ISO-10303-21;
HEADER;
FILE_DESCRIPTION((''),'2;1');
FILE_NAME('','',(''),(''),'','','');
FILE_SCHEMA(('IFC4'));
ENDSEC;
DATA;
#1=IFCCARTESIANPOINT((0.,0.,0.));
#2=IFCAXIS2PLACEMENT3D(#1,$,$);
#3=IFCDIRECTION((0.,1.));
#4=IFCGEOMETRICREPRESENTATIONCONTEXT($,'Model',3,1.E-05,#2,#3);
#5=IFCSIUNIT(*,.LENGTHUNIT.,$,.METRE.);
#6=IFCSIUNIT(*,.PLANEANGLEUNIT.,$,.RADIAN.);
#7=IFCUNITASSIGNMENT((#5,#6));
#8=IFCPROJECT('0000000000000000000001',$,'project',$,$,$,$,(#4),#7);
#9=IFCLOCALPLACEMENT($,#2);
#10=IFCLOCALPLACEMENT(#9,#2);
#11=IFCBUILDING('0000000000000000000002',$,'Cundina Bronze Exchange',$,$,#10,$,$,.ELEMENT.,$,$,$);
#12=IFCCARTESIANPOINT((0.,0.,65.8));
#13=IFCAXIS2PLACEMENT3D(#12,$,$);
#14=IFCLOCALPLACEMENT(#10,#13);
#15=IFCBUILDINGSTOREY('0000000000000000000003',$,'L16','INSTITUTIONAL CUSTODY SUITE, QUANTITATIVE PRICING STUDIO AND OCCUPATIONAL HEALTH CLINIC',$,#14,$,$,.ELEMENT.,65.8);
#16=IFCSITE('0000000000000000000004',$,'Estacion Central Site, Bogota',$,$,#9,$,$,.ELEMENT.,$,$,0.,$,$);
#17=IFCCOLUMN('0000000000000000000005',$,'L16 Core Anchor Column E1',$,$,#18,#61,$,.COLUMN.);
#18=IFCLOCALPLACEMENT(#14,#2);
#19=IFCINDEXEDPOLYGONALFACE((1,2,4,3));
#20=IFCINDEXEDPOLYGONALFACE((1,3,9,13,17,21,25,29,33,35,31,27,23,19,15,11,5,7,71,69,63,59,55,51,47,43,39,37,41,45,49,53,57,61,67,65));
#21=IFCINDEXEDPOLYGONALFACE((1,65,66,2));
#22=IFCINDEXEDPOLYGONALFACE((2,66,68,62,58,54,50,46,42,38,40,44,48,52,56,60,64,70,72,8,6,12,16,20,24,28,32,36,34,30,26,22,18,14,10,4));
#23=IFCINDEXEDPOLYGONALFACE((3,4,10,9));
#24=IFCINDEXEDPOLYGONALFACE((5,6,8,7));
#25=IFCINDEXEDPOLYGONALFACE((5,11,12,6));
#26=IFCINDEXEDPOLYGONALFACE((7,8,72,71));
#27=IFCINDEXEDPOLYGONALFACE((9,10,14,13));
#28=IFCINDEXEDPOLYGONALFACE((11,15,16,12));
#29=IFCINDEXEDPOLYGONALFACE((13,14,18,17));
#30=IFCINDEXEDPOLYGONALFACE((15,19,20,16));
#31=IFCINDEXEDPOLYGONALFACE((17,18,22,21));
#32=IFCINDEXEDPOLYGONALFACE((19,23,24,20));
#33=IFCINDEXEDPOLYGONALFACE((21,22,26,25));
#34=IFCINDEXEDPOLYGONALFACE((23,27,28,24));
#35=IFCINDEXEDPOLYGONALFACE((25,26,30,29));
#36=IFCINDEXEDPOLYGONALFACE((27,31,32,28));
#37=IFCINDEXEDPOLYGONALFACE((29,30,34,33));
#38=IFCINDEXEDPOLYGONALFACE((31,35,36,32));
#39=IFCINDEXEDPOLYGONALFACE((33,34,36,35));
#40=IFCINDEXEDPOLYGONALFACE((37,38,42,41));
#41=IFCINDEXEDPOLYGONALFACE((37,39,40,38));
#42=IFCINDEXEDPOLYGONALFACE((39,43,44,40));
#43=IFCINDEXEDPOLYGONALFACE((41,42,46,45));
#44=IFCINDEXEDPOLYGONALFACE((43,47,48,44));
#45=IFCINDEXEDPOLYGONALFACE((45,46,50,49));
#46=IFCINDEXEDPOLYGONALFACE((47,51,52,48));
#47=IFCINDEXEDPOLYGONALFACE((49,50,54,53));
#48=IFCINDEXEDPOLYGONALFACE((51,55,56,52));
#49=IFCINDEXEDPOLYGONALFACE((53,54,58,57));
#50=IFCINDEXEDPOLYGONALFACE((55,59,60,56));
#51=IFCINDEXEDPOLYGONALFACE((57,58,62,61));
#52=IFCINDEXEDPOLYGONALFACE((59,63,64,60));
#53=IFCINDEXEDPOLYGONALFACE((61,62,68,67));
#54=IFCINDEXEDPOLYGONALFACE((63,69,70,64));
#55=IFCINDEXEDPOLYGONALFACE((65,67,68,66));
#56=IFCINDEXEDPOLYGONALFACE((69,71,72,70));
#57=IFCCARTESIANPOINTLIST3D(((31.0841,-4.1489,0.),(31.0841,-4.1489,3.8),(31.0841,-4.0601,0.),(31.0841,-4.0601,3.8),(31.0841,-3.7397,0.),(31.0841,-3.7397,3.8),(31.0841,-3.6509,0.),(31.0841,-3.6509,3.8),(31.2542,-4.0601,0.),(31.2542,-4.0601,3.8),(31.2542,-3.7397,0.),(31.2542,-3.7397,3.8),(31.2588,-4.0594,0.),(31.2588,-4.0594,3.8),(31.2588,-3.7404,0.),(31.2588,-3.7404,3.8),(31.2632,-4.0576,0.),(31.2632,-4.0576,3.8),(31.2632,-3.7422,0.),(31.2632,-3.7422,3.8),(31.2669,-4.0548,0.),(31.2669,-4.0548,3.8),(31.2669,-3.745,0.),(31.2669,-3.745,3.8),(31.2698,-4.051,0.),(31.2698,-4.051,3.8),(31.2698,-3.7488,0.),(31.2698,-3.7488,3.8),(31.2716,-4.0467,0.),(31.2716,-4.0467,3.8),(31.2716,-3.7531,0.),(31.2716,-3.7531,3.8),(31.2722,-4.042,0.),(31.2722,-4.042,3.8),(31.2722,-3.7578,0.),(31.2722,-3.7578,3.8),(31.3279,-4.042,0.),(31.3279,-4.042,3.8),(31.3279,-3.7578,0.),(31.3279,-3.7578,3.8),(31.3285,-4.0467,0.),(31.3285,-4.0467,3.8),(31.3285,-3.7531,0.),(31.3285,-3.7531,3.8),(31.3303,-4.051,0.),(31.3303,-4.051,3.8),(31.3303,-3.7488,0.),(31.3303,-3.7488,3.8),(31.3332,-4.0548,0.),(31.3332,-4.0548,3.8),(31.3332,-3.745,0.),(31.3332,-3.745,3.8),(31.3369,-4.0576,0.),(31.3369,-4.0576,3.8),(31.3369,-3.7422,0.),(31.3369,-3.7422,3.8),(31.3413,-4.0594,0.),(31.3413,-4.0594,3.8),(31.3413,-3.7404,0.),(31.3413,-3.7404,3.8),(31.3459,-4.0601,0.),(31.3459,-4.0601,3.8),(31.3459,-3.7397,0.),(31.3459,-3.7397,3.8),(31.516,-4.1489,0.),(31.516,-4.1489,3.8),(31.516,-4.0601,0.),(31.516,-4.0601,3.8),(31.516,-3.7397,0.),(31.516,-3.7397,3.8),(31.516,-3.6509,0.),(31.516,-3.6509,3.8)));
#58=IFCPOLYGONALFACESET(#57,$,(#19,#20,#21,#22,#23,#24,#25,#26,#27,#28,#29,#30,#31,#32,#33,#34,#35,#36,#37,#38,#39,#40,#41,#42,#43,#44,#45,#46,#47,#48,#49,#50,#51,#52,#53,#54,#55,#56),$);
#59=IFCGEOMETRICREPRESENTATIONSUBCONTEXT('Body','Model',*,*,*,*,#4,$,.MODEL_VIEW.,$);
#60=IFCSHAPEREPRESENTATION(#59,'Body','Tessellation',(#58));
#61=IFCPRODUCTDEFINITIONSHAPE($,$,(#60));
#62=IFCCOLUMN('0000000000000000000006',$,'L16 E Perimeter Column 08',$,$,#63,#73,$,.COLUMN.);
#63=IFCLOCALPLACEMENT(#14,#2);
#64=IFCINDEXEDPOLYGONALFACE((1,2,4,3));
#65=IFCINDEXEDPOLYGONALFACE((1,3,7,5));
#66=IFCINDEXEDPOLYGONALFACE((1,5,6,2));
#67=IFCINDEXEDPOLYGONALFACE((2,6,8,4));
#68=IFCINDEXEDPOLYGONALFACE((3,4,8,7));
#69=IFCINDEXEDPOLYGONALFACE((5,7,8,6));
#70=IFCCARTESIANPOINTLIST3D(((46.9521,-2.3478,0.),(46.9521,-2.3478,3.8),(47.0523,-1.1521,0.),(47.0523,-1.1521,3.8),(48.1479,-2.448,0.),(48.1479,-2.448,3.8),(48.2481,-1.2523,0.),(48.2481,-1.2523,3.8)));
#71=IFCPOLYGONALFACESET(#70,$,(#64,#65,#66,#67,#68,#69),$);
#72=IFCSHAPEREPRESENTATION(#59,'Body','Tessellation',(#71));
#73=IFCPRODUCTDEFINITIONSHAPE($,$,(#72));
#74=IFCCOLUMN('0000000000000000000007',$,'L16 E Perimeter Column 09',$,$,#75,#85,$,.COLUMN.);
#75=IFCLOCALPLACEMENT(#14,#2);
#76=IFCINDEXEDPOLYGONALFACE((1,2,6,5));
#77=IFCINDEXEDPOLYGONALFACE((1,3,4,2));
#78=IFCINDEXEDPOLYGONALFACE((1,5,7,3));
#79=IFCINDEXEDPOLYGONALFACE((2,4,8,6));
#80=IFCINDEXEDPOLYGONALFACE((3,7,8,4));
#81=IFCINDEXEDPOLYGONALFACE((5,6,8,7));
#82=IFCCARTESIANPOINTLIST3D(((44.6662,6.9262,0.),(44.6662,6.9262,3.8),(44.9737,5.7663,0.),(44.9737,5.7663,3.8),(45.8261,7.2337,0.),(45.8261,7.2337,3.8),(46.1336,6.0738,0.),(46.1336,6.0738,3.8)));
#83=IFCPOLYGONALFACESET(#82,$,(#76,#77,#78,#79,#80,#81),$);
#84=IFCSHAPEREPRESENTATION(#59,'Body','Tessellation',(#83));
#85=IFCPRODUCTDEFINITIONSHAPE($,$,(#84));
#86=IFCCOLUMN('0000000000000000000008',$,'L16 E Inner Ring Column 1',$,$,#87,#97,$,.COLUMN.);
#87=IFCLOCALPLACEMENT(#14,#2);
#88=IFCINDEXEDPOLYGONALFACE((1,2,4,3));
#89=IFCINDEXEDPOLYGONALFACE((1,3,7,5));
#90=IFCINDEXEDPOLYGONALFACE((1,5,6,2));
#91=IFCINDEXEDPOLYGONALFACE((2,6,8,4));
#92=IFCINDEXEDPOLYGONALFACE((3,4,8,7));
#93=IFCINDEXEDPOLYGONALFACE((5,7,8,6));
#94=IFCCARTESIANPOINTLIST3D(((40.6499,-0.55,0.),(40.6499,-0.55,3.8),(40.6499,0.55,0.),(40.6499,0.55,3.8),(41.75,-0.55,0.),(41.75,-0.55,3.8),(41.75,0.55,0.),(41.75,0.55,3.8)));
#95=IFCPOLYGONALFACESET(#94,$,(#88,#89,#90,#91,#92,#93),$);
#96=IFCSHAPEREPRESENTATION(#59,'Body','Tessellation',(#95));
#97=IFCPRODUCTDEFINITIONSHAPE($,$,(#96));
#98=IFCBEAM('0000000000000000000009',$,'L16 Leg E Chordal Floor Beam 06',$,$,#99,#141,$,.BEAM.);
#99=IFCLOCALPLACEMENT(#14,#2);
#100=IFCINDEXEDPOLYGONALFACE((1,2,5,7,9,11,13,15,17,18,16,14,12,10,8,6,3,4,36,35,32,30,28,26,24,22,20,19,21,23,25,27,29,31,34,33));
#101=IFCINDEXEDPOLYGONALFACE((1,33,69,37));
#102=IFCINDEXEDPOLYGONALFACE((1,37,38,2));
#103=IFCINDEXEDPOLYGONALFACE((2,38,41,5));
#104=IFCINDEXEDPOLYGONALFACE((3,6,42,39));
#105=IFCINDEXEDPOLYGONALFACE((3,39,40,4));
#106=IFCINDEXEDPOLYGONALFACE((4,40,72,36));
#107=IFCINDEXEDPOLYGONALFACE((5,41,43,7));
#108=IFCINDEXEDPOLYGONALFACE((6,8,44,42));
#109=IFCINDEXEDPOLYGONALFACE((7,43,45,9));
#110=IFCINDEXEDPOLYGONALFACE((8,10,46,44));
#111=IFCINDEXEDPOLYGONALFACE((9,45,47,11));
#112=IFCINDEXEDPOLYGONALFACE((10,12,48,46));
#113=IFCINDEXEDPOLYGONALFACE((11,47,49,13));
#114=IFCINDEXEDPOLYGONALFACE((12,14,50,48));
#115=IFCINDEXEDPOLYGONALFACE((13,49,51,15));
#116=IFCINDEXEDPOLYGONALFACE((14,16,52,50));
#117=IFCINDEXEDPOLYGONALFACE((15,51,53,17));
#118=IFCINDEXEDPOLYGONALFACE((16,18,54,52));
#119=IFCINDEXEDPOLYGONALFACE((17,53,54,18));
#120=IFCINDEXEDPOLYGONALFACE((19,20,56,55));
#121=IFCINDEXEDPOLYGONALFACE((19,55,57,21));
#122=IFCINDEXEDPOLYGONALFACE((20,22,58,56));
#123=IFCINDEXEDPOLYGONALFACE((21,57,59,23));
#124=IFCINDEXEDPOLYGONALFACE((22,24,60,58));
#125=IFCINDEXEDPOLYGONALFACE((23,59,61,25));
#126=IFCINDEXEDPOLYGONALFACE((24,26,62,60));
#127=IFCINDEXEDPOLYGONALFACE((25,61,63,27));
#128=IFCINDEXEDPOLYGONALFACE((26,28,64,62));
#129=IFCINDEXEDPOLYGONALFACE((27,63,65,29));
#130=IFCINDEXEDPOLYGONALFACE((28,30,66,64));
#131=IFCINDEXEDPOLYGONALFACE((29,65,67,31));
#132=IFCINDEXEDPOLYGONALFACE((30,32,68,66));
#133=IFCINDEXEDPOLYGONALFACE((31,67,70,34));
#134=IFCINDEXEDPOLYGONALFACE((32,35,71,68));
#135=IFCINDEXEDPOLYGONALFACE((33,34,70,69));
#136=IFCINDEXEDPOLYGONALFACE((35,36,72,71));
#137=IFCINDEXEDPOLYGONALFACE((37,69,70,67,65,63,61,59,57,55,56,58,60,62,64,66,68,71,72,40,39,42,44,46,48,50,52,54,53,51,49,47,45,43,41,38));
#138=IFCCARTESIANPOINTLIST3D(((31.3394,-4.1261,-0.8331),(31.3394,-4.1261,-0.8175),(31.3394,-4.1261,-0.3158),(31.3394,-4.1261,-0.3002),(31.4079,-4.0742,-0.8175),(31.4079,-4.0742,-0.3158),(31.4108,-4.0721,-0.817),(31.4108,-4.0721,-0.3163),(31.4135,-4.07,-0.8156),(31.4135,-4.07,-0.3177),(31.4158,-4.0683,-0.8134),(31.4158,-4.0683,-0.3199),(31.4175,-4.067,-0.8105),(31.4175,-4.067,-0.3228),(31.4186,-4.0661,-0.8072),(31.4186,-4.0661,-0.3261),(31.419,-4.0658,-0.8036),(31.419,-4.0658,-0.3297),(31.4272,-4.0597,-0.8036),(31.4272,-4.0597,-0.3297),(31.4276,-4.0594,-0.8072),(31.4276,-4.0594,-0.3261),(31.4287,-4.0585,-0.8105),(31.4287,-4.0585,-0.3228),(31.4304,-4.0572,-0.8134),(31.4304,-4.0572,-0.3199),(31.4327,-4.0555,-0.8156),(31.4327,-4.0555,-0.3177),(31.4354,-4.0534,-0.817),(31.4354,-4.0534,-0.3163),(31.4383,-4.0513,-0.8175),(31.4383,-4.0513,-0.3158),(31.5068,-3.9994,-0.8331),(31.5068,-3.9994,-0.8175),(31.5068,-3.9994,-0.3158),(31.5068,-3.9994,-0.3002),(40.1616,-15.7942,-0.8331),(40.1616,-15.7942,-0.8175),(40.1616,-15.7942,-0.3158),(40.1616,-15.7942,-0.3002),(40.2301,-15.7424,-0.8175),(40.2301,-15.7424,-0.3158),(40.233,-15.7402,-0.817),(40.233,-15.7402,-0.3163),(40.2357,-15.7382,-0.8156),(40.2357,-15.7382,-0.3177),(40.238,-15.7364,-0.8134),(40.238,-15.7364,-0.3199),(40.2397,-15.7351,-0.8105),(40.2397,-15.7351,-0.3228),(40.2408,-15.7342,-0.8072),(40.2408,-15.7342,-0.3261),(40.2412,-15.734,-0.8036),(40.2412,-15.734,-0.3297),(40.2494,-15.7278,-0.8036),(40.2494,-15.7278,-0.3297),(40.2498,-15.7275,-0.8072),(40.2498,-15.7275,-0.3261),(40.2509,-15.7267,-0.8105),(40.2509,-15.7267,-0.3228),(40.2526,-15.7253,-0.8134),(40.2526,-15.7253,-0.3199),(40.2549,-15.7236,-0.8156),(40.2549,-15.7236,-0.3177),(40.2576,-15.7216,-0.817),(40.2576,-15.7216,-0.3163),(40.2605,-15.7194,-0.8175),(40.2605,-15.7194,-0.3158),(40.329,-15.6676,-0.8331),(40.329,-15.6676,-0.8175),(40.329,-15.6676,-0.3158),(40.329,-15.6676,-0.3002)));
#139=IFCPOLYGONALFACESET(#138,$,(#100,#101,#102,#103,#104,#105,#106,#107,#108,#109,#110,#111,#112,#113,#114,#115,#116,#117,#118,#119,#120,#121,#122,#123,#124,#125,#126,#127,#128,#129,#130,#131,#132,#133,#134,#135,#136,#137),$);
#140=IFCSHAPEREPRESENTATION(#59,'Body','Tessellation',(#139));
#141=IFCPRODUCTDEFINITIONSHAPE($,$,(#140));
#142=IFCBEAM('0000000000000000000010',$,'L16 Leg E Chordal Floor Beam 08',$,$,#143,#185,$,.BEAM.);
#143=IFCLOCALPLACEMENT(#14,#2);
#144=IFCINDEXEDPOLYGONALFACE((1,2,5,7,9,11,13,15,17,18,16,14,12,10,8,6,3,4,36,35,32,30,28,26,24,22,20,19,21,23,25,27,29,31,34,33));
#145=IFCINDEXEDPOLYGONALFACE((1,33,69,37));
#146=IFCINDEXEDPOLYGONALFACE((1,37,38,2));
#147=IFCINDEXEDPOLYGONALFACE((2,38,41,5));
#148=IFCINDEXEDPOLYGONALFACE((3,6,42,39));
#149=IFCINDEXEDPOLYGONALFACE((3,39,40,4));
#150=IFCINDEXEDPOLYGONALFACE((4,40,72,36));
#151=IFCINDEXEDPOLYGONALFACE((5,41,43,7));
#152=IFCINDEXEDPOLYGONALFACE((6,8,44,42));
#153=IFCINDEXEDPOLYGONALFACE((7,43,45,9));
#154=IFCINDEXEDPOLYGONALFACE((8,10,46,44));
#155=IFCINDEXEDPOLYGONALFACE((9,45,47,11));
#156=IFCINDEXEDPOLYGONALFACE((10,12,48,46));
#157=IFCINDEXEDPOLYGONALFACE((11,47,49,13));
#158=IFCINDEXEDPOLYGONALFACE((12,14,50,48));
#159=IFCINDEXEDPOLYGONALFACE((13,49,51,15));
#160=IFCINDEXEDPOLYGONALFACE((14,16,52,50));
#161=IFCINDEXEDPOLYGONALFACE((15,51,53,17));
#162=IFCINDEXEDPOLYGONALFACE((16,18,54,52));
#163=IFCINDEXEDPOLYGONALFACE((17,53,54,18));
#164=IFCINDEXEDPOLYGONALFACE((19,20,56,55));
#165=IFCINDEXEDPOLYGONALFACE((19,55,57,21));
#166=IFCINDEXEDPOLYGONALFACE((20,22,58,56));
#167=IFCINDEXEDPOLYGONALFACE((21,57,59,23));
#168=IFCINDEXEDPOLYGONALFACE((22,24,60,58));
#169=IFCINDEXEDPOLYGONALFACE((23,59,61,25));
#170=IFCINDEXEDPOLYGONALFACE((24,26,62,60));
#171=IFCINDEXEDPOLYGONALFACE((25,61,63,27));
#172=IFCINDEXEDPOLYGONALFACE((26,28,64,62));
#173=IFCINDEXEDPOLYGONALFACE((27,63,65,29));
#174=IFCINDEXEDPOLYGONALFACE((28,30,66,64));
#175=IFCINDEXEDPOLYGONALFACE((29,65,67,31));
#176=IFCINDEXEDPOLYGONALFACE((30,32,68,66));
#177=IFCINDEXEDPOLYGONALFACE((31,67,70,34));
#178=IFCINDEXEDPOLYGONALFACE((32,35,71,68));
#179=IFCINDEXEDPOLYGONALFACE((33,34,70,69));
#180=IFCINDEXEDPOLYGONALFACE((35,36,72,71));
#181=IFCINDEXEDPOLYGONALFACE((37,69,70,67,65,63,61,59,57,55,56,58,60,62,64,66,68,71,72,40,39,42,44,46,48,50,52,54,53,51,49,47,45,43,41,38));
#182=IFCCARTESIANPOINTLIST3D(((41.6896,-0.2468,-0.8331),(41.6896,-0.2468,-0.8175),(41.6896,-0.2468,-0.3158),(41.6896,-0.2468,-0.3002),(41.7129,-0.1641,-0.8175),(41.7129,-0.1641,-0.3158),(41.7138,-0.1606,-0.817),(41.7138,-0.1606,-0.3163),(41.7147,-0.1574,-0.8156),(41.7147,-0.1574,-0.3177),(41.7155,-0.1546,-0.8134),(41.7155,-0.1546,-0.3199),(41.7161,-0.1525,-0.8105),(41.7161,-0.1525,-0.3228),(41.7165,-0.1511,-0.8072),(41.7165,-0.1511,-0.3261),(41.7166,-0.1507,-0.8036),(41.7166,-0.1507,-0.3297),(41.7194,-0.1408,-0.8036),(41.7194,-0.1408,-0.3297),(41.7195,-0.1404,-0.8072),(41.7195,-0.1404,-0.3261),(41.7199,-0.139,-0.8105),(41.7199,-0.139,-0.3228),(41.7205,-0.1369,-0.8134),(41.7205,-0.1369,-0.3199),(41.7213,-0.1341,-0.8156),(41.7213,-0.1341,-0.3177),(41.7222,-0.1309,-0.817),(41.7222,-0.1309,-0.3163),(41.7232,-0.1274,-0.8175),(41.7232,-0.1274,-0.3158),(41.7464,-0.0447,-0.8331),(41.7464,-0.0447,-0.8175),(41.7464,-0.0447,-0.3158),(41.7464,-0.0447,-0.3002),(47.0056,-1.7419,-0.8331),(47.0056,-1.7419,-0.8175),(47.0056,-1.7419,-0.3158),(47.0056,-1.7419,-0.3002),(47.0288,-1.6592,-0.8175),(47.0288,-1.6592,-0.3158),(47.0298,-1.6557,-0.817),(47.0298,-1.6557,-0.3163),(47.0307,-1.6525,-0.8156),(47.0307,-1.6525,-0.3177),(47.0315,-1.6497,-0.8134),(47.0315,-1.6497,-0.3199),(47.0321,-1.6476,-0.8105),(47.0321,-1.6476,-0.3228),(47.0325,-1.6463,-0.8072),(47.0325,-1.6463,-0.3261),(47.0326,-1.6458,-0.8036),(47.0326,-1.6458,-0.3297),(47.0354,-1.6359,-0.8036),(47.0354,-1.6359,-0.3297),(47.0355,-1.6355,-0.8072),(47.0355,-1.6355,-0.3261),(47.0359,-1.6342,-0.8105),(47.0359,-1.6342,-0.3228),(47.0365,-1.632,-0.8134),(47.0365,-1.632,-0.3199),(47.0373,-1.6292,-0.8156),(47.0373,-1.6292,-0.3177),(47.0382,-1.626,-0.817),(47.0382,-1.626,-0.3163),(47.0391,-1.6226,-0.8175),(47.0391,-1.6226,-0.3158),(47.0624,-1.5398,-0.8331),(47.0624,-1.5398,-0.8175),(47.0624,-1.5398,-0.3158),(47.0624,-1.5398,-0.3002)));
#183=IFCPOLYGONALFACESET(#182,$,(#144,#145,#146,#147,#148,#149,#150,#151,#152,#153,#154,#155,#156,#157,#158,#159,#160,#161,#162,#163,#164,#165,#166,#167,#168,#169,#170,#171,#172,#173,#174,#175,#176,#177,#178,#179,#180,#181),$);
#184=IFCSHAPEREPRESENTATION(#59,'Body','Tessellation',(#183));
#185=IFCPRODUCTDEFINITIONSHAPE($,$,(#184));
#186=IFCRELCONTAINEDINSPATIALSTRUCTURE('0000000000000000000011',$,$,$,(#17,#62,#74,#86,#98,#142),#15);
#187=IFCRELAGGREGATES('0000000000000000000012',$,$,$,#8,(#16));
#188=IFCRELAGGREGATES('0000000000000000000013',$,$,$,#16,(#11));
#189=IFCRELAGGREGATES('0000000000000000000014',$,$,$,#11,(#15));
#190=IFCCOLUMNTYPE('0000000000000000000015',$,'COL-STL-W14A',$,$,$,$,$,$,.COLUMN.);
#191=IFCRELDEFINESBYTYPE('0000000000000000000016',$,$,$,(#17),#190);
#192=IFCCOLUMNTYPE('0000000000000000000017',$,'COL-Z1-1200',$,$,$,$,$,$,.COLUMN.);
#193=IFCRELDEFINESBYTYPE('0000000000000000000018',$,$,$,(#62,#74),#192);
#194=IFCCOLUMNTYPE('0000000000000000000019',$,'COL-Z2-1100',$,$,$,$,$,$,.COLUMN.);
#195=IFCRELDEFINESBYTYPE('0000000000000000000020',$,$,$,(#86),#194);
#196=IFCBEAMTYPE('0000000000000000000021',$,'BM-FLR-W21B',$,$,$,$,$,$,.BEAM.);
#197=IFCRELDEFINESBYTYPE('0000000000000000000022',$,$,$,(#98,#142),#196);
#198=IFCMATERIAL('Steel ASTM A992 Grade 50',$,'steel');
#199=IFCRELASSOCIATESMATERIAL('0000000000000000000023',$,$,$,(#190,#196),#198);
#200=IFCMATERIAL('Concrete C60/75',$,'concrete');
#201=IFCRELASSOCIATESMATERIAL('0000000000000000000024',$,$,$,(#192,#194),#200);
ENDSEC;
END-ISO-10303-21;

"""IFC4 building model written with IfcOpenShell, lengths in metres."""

from ifc_helpers import new_model, si_unit, direction, frame, origin, origin_2d, place, context, subcontext, project, spatial, rectangle, i_section, extrude, material, material_profile, profile_set, type_object, element, save


model = new_model("IFC4")

# Units and contexts
model_context = context("Model", 3, precision=1e-05, world=origin(), true_north=direction((0.0, 1.0)))
body_context = subcontext(model_context, "Body", "Model", "MODEL_VIEW")
ifc_project = project(units=[si_unit("LENGTHUNIT", "METRE"), si_unit("PLANEANGLEUNIT", "RADIAN")], contexts=[model_context])

# Site, building, storey
site_placement = place(None, origin())
site = spatial("IfcSite", under=ifc_project, at=site_placement, Name="Estacion Central Site, Bogota", CompositionType="ELEMENT", RefElevation=0.0)
building_placement = place(site_placement, origin())
building = spatial("IfcBuilding", under=site, at=building_placement, Name="Cundina Bronze Exchange", CompositionType="ELEMENT")
storey_placement = place(building_placement, frame((0.0, 0.0, 65.8)))
storey = spatial("IfcBuildingStorey", under=building, at=storey_placement, Name="L16", Description="INSTITUTIONAL CUSTODY SUITE, QUANTITATIVE PRICING STUDIO AND OCCUPATIONAL HEALTH CLINIC", CompositionType="ELEMENT", Elevation=65.8)

# Columns
ifc_material_1 = material(Name="Steel ASTM A992 Grade 50", Category="steel")
ifc_material_profile_1 = material_profile(ifc_material_1, i_section(OverallWidth=0.4319, OverallDepth=0.498, WebThickness=0.0557, FlangeThickness=0.0889, FilletRadius=0.0181, at=origin_2d()), Name="W14X500", Category="steel")
ifc_profile_set_1 = profile_set([ifc_material_profile_1], Name="Steel ASTM A992 Grade 50")
column_type_1 = type_object("IfcColumnType", Name="COL-STL-W14A", PredefinedType="COLUMN", material=ifc_profile_set_1)
column_1_placement = place(storey_placement, frame((31.3, -3.8999, 0.0), z_axis=(0.0, 0.0, 1.0), x_axis=(1.0, 0.0, 0.0)))
element("IfcColumn", 1, at=column_1_placement, inside=storey, type_object=column_type_1, Name="L16 Core Anchor Column E1", PredefinedType="COLUMN", context=body_context, shape_type="SweptSolid", body=[
    extrude(i_section(OverallWidth=0.4319, OverallDepth=0.498, WebThickness=0.0557, FlangeThickness=0.0889, FilletRadius=0.0181, at=origin_2d()), origin(), (0.0, 0.0, 1.0), 3.8),
])
ifc_material_2 = material(Name="Concrete C60/75", Category="concrete")
ifc_material_profile_2 = material_profile(ifc_material_2, rectangle(XDim=1.2, YDim=1.2, at=origin_2d()), Name="RC1200X1200", Category="concrete")
ifc_profile_set_2 = profile_set([ifc_material_profile_2], Name="Concrete C60/75")
column_type_2 = type_object("IfcColumnType", Name="COL-Z1-1200", PredefinedType="COLUMN", material=ifc_profile_set_2)
for number, where, z_axis, x_axis, name in (
    (2, (47.6001, -1.8, 0.0), (0.0, 0.0, 1.0), (0.083504, 0.996507, 0.0), "L16 E Perimeter Column 08"),
    (3, (45.3999, 6.5, 0.0), (0.0, 0.0, 1.0), (-0.256289, 0.9666, 0.0), "L16 E Perimeter Column 09"),
):
    element("IfcColumn", number, at=place(storey_placement, frame(where, z_axis=z_axis, x_axis=x_axis)), inside=storey, type_object=column_type_2, Name=name, PredefinedType="COLUMN", context=body_context, shape_type="SweptSolid", body=[
        extrude(rectangle(XDim=1.2, YDim=1.2, at=origin_2d()), origin(), (0.0, 0.0, 1.0), 3.8),
    ])
ifc_material_profile_3 = material_profile(ifc_material_2, rectangle(XDim=1.1001, YDim=1.1001, at=origin_2d()), Name="RC1100X1100", Category="concrete")
ifc_profile_set_3 = profile_set([ifc_material_profile_3], Name="Concrete C60/75")
column_type_3 = type_object("IfcColumnType", Name="COL-Z2-1100", PredefinedType="COLUMN", material=ifc_profile_set_3)
column_2_placement = place(storey_placement, frame((41.2, 0.0, 0.0), z_axis=(0.0, 0.0, 1.0), x_axis=(1.0, 0.0, 0.0)))
element("IfcColumn", 4, at=column_2_placement, inside=storey, type_object=column_type_3, Name="L16 E Inner Ring Column 1", PredefinedType="COLUMN", context=body_context, shape_type="SweptSolid", body=[
    extrude(rectangle(XDim=1.1001, YDim=1.1001, at=origin_2d()), origin(), (0.0, 0.0, 1.0), 3.8),
])

# Beams
ifc_material_profile_4 = material_profile(ifc_material_1, i_section(OverallWidth=0.21, OverallDepth=0.533, WebThickness=0.0103, FlangeThickness=0.0156, FilletRadius=0.0139, at=origin_2d()), Name="W21X62", Category="steel")
ifc_profile_set_4 = profile_set([ifc_material_profile_4], Name="Steel ASTM A992 Grade 50")
beam_type_1 = type_object("IfcBeamType", Name="BM-FLR-W21B", PredefinedType="BEAM", material=ifc_profile_set_4)
beam_1_placement = place(storey_placement, frame((31.4231, -4.0627, -0.5667), z_axis=(0.603106, -0.797661, 0.0), x_axis=(0.797661, 0.603106, 0.0)))
element("IfcBeam", 5, at=beam_1_placement, inside=storey, type_object=beam_type_1, Name="L16 Leg E Chordal Floor Beam 06", PredefinedType="BEAM", context=body_context, shape_type="SweptSolid", body=[
    extrude(i_section(OverallWidth=0.21, OverallDepth=0.533, WebThickness=0.0103, FlangeThickness=0.0156, FilletRadius=0.0139, at=origin_2d()), origin(), (0.0, 0.0, 1.0), 14.6279),
])
beam_2_placement = place(storey_placement, frame((41.718, -0.1458, -0.5667), z_axis=(0.96265, -0.270748, 0.0), x_axis=(0.270748, 0.96265, 0.0)))
element("IfcBeam", 6, at=beam_2_placement, inside=storey, type_object=beam_type_1, Name="L16 Leg E Chordal Floor Beam 08", PredefinedType="BEAM", context=body_context, shape_type="SweptSolid", body=[
    extrude(i_section(OverallWidth=0.21, OverallDepth=0.533, WebThickness=0.0103, FlangeThickness=0.0156, FilletRadius=0.0139, at=origin_2d()), origin(), (0.0, 0.0, 1.0), 5.5222),
])

save(model, "model.ifc")
